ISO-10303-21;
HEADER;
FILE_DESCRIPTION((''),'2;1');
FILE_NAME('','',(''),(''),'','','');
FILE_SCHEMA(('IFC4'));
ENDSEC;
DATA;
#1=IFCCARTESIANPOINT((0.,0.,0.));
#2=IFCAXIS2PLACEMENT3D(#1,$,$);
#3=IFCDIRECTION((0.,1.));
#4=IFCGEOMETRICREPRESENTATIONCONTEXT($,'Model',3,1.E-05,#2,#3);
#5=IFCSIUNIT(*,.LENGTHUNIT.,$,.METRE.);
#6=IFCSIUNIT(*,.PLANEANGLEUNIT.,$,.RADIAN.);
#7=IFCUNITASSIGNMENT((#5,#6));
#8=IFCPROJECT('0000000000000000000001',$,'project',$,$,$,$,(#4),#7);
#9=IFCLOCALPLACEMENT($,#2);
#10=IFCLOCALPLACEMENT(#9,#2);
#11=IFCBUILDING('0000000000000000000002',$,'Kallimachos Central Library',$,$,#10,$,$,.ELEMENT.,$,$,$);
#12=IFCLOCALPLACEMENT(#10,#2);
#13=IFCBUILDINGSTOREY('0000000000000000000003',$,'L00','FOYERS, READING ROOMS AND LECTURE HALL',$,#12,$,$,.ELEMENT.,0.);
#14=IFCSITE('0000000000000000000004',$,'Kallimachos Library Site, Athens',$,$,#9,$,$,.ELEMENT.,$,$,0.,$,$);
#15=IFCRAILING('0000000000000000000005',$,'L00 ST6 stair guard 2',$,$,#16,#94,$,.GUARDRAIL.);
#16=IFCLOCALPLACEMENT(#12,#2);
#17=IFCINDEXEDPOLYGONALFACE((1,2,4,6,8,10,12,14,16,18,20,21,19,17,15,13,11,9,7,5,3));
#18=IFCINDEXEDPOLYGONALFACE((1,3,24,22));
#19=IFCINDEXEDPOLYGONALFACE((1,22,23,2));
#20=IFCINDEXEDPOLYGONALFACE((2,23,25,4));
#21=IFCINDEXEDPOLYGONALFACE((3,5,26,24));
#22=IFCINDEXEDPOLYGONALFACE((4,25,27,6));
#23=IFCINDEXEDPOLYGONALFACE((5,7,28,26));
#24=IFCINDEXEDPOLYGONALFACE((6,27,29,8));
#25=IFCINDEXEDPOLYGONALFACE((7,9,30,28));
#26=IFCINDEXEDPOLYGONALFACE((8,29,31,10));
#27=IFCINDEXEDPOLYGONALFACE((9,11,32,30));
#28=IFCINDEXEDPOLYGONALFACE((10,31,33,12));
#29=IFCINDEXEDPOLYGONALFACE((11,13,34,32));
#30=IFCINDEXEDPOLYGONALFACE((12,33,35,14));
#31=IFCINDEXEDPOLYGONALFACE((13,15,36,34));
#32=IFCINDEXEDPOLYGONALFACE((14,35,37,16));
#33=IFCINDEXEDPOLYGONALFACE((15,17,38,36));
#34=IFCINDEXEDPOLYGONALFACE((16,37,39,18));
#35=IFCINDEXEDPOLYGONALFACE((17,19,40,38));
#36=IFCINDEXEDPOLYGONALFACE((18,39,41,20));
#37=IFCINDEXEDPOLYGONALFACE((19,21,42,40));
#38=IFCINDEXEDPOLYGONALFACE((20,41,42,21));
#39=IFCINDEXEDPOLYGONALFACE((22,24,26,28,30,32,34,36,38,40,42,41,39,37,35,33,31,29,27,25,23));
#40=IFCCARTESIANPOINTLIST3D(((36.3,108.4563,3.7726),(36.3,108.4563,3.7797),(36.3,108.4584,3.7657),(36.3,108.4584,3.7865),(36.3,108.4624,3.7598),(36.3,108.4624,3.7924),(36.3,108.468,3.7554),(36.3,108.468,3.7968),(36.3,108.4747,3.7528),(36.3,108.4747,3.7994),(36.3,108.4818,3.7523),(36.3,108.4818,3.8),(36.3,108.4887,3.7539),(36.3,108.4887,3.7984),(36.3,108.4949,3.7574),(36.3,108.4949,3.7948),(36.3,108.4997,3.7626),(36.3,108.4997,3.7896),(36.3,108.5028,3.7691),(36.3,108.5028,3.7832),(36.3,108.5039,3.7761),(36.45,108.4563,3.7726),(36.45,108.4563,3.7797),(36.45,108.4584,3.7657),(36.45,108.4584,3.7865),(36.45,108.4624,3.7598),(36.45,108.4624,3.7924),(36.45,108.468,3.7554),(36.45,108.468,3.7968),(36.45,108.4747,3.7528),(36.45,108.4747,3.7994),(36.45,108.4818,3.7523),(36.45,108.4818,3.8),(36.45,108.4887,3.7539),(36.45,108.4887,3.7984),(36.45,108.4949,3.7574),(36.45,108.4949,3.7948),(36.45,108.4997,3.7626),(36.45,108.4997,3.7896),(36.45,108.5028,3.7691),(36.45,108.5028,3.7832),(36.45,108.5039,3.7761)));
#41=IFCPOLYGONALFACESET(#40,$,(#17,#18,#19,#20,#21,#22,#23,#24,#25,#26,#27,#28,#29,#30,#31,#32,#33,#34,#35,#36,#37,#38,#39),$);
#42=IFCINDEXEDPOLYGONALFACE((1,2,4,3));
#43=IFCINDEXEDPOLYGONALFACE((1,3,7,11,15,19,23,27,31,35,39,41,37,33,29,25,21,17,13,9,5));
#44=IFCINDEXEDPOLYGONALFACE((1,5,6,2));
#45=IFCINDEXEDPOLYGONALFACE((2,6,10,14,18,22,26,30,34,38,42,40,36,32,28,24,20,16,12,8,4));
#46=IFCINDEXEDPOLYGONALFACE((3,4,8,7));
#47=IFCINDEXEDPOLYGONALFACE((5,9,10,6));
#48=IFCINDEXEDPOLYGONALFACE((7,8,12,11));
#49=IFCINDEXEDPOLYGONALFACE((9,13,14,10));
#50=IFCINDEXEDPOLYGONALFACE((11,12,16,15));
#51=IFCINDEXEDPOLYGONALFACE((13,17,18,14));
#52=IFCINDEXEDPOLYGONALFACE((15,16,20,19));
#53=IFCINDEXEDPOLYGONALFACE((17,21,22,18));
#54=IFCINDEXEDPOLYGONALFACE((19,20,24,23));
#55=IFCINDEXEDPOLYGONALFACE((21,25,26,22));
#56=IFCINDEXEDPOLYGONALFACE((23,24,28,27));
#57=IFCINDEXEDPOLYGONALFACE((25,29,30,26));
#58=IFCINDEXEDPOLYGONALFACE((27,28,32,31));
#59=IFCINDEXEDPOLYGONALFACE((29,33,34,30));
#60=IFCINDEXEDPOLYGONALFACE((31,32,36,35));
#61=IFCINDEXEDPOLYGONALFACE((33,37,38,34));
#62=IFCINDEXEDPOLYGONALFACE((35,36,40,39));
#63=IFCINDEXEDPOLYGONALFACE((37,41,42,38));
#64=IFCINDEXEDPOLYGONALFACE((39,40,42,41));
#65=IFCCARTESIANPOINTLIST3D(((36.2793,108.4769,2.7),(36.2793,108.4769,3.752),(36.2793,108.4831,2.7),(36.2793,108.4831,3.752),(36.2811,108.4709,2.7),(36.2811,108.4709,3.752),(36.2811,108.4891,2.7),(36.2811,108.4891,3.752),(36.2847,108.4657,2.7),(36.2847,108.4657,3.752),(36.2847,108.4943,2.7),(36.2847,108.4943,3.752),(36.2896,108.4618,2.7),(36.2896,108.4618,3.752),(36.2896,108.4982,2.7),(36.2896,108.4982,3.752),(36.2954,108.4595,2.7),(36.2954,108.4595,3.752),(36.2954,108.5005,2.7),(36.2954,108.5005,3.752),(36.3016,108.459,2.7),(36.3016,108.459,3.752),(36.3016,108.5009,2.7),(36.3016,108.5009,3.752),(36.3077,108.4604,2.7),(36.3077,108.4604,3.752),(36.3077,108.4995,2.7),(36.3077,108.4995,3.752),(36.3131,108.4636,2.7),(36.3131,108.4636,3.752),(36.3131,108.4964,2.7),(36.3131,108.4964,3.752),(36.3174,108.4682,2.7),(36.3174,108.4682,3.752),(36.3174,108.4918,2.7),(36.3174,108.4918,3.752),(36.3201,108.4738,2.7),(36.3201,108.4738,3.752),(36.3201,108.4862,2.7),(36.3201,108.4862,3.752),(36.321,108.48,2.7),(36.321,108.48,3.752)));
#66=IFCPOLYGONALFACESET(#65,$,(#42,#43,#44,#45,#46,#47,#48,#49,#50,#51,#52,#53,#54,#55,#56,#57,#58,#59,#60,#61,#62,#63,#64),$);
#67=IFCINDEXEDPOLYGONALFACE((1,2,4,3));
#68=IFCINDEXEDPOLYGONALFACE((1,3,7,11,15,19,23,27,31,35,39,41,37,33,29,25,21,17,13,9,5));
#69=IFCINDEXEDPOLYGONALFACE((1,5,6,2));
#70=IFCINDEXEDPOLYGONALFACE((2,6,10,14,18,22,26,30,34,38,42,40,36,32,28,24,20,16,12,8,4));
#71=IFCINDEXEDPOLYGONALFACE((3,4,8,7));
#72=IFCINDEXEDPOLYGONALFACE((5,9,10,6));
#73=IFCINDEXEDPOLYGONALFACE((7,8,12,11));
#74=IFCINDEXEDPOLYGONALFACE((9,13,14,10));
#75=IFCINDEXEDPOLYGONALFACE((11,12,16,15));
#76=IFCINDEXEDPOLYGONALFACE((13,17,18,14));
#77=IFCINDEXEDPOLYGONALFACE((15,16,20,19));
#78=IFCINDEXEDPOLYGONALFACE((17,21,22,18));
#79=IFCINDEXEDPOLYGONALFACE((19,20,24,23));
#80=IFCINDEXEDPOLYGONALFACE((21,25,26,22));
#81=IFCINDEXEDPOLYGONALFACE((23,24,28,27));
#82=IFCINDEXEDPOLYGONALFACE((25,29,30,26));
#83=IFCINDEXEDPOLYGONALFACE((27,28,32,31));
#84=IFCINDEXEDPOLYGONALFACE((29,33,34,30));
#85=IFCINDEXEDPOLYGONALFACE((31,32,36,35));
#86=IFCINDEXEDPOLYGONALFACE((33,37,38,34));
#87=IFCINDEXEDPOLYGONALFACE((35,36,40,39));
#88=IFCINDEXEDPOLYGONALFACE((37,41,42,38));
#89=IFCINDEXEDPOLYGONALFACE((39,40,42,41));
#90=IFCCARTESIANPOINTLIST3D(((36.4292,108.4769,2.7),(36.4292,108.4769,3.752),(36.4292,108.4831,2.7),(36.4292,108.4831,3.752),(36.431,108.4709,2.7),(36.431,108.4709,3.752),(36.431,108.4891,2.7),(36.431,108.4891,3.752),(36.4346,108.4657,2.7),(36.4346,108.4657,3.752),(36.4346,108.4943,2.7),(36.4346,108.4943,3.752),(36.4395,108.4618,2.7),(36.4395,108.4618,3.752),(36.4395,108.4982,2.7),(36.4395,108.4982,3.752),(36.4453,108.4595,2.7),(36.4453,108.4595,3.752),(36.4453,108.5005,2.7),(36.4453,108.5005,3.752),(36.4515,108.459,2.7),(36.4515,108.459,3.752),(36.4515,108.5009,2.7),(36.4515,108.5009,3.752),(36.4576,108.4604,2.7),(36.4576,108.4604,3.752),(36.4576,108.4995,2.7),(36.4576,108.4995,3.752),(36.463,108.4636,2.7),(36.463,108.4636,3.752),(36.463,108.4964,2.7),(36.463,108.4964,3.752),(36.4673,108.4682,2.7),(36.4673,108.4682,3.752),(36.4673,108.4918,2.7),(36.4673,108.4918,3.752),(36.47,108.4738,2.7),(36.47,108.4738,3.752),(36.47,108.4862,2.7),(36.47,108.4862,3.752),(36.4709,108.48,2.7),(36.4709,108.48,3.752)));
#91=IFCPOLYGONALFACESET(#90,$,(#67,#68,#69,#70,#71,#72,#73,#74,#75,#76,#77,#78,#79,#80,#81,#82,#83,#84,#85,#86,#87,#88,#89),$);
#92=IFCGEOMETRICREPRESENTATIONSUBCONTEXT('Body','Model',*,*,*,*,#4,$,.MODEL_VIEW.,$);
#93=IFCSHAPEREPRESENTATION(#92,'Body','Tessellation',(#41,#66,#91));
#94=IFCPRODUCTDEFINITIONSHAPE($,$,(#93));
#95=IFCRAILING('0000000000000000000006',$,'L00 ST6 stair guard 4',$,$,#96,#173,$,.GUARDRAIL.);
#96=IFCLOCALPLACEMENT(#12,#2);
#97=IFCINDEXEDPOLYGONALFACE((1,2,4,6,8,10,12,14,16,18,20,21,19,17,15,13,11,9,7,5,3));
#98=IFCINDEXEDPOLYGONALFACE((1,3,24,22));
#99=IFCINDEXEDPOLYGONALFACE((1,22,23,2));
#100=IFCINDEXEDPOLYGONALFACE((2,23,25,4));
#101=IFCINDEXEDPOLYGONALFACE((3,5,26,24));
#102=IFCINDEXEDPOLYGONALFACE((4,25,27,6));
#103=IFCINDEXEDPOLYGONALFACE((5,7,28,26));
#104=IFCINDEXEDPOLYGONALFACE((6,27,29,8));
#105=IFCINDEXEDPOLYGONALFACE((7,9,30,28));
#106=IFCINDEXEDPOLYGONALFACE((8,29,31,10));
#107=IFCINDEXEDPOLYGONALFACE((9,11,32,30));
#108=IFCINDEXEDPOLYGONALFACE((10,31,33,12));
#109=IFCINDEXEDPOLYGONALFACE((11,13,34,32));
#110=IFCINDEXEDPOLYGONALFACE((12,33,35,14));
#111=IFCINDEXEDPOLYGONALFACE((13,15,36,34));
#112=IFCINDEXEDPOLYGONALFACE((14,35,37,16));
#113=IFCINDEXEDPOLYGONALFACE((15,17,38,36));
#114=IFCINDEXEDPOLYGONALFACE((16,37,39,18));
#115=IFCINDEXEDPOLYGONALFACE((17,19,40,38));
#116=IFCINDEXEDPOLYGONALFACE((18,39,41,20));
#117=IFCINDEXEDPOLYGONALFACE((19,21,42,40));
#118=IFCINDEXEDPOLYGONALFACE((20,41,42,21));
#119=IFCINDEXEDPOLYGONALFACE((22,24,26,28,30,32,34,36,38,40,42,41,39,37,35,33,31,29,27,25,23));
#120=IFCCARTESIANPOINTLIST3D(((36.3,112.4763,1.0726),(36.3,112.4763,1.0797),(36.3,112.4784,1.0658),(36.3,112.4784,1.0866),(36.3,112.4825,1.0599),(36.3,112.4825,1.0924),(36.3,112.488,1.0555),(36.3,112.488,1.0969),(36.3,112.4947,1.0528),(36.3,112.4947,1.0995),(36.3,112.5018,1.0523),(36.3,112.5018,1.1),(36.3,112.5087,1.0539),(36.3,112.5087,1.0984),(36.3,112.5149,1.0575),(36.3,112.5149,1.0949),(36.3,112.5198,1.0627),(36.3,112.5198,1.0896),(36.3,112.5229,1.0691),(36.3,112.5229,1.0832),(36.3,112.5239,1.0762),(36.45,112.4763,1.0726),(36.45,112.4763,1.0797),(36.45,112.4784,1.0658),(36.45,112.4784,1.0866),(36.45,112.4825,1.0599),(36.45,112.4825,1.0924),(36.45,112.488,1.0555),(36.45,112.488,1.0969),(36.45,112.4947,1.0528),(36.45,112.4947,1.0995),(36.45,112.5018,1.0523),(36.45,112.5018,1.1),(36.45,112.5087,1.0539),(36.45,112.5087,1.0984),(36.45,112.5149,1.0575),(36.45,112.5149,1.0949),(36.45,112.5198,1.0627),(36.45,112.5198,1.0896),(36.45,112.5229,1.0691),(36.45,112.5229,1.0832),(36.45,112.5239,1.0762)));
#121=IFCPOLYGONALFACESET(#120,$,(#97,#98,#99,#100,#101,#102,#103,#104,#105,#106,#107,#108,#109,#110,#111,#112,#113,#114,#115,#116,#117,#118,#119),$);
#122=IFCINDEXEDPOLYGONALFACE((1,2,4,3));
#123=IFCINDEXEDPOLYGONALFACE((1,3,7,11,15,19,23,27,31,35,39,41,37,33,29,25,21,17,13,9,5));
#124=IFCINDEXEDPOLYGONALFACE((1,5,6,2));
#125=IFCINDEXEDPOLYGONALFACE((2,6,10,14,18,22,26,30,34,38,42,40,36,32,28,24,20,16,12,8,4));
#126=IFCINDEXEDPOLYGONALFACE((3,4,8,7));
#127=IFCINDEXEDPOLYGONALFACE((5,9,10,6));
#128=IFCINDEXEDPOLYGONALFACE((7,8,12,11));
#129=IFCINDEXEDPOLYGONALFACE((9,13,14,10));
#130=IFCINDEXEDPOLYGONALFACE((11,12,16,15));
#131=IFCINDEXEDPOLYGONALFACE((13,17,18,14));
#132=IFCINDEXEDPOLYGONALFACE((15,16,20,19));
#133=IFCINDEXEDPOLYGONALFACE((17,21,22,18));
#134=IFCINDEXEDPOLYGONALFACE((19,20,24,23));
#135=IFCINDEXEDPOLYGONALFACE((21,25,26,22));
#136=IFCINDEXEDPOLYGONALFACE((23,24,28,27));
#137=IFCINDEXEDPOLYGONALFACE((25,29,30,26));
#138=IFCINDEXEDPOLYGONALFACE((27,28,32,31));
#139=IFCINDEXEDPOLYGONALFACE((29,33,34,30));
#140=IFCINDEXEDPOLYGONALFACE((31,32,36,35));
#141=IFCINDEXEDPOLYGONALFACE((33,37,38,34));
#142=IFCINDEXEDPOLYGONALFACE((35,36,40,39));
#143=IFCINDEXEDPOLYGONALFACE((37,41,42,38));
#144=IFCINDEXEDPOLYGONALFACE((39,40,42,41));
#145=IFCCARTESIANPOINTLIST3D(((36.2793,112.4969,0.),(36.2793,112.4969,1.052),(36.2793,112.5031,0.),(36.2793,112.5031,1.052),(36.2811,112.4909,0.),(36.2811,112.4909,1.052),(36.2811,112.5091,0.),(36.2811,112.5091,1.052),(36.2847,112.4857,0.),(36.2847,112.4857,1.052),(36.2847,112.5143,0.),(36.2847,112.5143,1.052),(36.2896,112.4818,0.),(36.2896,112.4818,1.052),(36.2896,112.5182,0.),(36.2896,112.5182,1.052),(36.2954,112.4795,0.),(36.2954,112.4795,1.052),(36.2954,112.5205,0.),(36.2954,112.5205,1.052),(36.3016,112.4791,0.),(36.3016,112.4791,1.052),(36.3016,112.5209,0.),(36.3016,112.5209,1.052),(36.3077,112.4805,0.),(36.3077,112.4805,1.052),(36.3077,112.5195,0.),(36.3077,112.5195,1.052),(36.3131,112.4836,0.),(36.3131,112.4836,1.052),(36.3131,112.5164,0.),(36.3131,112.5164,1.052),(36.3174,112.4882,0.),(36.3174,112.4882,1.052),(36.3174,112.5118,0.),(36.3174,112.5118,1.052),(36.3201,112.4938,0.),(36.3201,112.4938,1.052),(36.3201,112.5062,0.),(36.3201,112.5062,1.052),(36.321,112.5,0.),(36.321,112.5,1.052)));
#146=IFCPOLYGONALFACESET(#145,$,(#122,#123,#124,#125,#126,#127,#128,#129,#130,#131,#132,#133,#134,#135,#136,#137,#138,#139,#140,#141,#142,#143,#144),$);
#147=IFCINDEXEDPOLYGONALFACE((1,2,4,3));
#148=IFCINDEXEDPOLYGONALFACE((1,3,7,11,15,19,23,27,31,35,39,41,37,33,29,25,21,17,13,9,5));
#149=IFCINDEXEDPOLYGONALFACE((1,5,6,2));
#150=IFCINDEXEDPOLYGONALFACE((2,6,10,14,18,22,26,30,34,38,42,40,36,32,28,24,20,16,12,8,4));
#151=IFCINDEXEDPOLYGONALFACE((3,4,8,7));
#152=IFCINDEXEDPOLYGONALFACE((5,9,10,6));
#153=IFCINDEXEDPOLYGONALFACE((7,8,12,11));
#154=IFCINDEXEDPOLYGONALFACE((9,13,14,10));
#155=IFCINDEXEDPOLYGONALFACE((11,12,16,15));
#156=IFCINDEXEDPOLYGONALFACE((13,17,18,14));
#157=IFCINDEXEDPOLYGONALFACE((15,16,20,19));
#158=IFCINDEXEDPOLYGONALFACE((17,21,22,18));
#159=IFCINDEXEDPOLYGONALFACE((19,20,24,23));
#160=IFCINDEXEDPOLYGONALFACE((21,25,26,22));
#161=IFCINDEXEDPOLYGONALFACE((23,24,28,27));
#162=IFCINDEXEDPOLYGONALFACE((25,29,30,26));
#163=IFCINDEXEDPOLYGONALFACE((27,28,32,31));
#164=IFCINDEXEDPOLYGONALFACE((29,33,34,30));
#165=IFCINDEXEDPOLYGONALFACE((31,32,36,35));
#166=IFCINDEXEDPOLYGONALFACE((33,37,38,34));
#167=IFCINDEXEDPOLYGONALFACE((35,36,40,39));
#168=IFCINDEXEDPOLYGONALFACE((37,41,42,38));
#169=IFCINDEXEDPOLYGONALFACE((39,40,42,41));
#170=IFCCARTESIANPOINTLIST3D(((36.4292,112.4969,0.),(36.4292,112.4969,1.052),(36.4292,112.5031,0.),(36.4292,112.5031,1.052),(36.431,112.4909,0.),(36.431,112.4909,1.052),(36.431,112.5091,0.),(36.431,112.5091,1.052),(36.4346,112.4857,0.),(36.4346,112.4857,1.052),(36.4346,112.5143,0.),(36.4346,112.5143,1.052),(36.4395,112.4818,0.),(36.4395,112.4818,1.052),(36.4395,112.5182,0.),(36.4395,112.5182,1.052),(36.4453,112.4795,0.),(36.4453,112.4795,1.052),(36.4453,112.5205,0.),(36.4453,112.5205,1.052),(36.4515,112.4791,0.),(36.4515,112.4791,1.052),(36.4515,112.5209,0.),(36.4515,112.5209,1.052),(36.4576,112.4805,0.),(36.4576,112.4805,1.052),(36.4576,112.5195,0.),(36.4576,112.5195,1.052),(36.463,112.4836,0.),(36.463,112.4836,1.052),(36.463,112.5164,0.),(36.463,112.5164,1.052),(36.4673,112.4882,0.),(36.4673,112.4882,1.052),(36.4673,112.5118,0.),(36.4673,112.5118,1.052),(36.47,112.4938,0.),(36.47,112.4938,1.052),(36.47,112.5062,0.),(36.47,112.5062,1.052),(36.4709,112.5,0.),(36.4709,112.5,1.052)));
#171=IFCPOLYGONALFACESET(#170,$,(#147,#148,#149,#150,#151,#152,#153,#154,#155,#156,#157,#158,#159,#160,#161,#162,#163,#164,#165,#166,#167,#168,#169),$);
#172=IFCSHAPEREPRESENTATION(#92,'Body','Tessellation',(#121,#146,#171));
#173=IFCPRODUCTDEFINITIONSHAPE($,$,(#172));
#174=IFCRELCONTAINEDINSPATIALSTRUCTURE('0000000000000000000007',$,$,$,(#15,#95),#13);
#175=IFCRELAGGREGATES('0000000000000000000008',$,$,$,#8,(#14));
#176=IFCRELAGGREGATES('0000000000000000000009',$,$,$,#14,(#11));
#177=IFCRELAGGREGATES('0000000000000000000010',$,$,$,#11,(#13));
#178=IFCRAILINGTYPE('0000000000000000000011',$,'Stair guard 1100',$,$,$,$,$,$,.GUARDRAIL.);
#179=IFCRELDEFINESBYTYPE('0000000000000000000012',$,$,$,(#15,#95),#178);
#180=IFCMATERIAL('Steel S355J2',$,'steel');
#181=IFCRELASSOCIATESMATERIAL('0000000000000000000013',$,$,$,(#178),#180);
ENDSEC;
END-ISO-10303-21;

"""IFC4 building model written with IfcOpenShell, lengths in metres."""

from ifc_helpers import new_model, si_unit, direction, frame, origin, origin_2d, place, context, subcontext, project, spatial, circle, extrude, material, type_object, element, save


model = new_model("IFC4")

# Units and contexts
model_context = context("Model", 3, precision=1e-05, world=origin(), true_north=direction((0.0, 1.0)))
body_context = subcontext(model_context, "Body", "Model", "MODEL_VIEW")
ifc_project = project(units=[si_unit("LENGTHUNIT", "METRE"), si_unit("PLANEANGLEUNIT", "RADIAN")], contexts=[model_context])

# Site, building, storey
site_placement = place(None, origin())
site = spatial("IfcSite", under=ifc_project, at=site_placement, Name="Kallimachos Library Site, Athens", CompositionType="ELEMENT", RefElevation=0.0)
building_placement = place(site_placement, origin())
building = spatial("IfcBuilding", under=site, at=building_placement, Name="Kallimachos Central Library", CompositionType="ELEMENT")
storey_placement = place(building_placement, origin())
storey = spatial("IfcBuildingStorey", under=building, at=storey_placement, Name="L00", Description="FOYERS, READING ROOMS AND LECTURE HALL", CompositionType="ELEMENT", Elevation=0.0)

# Railings
ifc_material_1 = material(Name="Steel S355J2", Category="steel")
railing_type_1 = type_object("IfcRailingType", Name="Stair guard 1100", PredefinedType="GUARDRAIL", material=ifc_material_1)
for number, where, name in (
    (1, (36.3, 108.48, 2.7), "L00 ST6 stair guard 2"),
    (2, (36.3, 112.5, 0.0), "L00 ST6 stair guard 4"),
):
    element("IfcRailing", number, at=place(storey_placement, frame(where)), inside=storey, type_object=railing_type_1, Name=name, PredefinedType="GUARDRAIL", context=body_context, shape_type="SweptSolid", body=[
        extrude(circle(Radius=0.0239, at=origin_2d()), frame((0.0, 0.0, 1.0762), z_axis=(1.0, 0.0, 0.0), x_axis=(0.0, 1.0, 0.0)), (0.0, 0.0, 1.0), 0.1499),
        extrude(circle(Radius=0.021, at=origin_2d()), origin(), (0.0, 0.0, 1.0), 1.052),
        extrude(circle(Radius=0.021, at=origin_2d()), frame((0.1499, 0.0, 0.0)), (0.0, 0.0, 1.0), 1.052),
    ])

save(model, "model.ifc")
